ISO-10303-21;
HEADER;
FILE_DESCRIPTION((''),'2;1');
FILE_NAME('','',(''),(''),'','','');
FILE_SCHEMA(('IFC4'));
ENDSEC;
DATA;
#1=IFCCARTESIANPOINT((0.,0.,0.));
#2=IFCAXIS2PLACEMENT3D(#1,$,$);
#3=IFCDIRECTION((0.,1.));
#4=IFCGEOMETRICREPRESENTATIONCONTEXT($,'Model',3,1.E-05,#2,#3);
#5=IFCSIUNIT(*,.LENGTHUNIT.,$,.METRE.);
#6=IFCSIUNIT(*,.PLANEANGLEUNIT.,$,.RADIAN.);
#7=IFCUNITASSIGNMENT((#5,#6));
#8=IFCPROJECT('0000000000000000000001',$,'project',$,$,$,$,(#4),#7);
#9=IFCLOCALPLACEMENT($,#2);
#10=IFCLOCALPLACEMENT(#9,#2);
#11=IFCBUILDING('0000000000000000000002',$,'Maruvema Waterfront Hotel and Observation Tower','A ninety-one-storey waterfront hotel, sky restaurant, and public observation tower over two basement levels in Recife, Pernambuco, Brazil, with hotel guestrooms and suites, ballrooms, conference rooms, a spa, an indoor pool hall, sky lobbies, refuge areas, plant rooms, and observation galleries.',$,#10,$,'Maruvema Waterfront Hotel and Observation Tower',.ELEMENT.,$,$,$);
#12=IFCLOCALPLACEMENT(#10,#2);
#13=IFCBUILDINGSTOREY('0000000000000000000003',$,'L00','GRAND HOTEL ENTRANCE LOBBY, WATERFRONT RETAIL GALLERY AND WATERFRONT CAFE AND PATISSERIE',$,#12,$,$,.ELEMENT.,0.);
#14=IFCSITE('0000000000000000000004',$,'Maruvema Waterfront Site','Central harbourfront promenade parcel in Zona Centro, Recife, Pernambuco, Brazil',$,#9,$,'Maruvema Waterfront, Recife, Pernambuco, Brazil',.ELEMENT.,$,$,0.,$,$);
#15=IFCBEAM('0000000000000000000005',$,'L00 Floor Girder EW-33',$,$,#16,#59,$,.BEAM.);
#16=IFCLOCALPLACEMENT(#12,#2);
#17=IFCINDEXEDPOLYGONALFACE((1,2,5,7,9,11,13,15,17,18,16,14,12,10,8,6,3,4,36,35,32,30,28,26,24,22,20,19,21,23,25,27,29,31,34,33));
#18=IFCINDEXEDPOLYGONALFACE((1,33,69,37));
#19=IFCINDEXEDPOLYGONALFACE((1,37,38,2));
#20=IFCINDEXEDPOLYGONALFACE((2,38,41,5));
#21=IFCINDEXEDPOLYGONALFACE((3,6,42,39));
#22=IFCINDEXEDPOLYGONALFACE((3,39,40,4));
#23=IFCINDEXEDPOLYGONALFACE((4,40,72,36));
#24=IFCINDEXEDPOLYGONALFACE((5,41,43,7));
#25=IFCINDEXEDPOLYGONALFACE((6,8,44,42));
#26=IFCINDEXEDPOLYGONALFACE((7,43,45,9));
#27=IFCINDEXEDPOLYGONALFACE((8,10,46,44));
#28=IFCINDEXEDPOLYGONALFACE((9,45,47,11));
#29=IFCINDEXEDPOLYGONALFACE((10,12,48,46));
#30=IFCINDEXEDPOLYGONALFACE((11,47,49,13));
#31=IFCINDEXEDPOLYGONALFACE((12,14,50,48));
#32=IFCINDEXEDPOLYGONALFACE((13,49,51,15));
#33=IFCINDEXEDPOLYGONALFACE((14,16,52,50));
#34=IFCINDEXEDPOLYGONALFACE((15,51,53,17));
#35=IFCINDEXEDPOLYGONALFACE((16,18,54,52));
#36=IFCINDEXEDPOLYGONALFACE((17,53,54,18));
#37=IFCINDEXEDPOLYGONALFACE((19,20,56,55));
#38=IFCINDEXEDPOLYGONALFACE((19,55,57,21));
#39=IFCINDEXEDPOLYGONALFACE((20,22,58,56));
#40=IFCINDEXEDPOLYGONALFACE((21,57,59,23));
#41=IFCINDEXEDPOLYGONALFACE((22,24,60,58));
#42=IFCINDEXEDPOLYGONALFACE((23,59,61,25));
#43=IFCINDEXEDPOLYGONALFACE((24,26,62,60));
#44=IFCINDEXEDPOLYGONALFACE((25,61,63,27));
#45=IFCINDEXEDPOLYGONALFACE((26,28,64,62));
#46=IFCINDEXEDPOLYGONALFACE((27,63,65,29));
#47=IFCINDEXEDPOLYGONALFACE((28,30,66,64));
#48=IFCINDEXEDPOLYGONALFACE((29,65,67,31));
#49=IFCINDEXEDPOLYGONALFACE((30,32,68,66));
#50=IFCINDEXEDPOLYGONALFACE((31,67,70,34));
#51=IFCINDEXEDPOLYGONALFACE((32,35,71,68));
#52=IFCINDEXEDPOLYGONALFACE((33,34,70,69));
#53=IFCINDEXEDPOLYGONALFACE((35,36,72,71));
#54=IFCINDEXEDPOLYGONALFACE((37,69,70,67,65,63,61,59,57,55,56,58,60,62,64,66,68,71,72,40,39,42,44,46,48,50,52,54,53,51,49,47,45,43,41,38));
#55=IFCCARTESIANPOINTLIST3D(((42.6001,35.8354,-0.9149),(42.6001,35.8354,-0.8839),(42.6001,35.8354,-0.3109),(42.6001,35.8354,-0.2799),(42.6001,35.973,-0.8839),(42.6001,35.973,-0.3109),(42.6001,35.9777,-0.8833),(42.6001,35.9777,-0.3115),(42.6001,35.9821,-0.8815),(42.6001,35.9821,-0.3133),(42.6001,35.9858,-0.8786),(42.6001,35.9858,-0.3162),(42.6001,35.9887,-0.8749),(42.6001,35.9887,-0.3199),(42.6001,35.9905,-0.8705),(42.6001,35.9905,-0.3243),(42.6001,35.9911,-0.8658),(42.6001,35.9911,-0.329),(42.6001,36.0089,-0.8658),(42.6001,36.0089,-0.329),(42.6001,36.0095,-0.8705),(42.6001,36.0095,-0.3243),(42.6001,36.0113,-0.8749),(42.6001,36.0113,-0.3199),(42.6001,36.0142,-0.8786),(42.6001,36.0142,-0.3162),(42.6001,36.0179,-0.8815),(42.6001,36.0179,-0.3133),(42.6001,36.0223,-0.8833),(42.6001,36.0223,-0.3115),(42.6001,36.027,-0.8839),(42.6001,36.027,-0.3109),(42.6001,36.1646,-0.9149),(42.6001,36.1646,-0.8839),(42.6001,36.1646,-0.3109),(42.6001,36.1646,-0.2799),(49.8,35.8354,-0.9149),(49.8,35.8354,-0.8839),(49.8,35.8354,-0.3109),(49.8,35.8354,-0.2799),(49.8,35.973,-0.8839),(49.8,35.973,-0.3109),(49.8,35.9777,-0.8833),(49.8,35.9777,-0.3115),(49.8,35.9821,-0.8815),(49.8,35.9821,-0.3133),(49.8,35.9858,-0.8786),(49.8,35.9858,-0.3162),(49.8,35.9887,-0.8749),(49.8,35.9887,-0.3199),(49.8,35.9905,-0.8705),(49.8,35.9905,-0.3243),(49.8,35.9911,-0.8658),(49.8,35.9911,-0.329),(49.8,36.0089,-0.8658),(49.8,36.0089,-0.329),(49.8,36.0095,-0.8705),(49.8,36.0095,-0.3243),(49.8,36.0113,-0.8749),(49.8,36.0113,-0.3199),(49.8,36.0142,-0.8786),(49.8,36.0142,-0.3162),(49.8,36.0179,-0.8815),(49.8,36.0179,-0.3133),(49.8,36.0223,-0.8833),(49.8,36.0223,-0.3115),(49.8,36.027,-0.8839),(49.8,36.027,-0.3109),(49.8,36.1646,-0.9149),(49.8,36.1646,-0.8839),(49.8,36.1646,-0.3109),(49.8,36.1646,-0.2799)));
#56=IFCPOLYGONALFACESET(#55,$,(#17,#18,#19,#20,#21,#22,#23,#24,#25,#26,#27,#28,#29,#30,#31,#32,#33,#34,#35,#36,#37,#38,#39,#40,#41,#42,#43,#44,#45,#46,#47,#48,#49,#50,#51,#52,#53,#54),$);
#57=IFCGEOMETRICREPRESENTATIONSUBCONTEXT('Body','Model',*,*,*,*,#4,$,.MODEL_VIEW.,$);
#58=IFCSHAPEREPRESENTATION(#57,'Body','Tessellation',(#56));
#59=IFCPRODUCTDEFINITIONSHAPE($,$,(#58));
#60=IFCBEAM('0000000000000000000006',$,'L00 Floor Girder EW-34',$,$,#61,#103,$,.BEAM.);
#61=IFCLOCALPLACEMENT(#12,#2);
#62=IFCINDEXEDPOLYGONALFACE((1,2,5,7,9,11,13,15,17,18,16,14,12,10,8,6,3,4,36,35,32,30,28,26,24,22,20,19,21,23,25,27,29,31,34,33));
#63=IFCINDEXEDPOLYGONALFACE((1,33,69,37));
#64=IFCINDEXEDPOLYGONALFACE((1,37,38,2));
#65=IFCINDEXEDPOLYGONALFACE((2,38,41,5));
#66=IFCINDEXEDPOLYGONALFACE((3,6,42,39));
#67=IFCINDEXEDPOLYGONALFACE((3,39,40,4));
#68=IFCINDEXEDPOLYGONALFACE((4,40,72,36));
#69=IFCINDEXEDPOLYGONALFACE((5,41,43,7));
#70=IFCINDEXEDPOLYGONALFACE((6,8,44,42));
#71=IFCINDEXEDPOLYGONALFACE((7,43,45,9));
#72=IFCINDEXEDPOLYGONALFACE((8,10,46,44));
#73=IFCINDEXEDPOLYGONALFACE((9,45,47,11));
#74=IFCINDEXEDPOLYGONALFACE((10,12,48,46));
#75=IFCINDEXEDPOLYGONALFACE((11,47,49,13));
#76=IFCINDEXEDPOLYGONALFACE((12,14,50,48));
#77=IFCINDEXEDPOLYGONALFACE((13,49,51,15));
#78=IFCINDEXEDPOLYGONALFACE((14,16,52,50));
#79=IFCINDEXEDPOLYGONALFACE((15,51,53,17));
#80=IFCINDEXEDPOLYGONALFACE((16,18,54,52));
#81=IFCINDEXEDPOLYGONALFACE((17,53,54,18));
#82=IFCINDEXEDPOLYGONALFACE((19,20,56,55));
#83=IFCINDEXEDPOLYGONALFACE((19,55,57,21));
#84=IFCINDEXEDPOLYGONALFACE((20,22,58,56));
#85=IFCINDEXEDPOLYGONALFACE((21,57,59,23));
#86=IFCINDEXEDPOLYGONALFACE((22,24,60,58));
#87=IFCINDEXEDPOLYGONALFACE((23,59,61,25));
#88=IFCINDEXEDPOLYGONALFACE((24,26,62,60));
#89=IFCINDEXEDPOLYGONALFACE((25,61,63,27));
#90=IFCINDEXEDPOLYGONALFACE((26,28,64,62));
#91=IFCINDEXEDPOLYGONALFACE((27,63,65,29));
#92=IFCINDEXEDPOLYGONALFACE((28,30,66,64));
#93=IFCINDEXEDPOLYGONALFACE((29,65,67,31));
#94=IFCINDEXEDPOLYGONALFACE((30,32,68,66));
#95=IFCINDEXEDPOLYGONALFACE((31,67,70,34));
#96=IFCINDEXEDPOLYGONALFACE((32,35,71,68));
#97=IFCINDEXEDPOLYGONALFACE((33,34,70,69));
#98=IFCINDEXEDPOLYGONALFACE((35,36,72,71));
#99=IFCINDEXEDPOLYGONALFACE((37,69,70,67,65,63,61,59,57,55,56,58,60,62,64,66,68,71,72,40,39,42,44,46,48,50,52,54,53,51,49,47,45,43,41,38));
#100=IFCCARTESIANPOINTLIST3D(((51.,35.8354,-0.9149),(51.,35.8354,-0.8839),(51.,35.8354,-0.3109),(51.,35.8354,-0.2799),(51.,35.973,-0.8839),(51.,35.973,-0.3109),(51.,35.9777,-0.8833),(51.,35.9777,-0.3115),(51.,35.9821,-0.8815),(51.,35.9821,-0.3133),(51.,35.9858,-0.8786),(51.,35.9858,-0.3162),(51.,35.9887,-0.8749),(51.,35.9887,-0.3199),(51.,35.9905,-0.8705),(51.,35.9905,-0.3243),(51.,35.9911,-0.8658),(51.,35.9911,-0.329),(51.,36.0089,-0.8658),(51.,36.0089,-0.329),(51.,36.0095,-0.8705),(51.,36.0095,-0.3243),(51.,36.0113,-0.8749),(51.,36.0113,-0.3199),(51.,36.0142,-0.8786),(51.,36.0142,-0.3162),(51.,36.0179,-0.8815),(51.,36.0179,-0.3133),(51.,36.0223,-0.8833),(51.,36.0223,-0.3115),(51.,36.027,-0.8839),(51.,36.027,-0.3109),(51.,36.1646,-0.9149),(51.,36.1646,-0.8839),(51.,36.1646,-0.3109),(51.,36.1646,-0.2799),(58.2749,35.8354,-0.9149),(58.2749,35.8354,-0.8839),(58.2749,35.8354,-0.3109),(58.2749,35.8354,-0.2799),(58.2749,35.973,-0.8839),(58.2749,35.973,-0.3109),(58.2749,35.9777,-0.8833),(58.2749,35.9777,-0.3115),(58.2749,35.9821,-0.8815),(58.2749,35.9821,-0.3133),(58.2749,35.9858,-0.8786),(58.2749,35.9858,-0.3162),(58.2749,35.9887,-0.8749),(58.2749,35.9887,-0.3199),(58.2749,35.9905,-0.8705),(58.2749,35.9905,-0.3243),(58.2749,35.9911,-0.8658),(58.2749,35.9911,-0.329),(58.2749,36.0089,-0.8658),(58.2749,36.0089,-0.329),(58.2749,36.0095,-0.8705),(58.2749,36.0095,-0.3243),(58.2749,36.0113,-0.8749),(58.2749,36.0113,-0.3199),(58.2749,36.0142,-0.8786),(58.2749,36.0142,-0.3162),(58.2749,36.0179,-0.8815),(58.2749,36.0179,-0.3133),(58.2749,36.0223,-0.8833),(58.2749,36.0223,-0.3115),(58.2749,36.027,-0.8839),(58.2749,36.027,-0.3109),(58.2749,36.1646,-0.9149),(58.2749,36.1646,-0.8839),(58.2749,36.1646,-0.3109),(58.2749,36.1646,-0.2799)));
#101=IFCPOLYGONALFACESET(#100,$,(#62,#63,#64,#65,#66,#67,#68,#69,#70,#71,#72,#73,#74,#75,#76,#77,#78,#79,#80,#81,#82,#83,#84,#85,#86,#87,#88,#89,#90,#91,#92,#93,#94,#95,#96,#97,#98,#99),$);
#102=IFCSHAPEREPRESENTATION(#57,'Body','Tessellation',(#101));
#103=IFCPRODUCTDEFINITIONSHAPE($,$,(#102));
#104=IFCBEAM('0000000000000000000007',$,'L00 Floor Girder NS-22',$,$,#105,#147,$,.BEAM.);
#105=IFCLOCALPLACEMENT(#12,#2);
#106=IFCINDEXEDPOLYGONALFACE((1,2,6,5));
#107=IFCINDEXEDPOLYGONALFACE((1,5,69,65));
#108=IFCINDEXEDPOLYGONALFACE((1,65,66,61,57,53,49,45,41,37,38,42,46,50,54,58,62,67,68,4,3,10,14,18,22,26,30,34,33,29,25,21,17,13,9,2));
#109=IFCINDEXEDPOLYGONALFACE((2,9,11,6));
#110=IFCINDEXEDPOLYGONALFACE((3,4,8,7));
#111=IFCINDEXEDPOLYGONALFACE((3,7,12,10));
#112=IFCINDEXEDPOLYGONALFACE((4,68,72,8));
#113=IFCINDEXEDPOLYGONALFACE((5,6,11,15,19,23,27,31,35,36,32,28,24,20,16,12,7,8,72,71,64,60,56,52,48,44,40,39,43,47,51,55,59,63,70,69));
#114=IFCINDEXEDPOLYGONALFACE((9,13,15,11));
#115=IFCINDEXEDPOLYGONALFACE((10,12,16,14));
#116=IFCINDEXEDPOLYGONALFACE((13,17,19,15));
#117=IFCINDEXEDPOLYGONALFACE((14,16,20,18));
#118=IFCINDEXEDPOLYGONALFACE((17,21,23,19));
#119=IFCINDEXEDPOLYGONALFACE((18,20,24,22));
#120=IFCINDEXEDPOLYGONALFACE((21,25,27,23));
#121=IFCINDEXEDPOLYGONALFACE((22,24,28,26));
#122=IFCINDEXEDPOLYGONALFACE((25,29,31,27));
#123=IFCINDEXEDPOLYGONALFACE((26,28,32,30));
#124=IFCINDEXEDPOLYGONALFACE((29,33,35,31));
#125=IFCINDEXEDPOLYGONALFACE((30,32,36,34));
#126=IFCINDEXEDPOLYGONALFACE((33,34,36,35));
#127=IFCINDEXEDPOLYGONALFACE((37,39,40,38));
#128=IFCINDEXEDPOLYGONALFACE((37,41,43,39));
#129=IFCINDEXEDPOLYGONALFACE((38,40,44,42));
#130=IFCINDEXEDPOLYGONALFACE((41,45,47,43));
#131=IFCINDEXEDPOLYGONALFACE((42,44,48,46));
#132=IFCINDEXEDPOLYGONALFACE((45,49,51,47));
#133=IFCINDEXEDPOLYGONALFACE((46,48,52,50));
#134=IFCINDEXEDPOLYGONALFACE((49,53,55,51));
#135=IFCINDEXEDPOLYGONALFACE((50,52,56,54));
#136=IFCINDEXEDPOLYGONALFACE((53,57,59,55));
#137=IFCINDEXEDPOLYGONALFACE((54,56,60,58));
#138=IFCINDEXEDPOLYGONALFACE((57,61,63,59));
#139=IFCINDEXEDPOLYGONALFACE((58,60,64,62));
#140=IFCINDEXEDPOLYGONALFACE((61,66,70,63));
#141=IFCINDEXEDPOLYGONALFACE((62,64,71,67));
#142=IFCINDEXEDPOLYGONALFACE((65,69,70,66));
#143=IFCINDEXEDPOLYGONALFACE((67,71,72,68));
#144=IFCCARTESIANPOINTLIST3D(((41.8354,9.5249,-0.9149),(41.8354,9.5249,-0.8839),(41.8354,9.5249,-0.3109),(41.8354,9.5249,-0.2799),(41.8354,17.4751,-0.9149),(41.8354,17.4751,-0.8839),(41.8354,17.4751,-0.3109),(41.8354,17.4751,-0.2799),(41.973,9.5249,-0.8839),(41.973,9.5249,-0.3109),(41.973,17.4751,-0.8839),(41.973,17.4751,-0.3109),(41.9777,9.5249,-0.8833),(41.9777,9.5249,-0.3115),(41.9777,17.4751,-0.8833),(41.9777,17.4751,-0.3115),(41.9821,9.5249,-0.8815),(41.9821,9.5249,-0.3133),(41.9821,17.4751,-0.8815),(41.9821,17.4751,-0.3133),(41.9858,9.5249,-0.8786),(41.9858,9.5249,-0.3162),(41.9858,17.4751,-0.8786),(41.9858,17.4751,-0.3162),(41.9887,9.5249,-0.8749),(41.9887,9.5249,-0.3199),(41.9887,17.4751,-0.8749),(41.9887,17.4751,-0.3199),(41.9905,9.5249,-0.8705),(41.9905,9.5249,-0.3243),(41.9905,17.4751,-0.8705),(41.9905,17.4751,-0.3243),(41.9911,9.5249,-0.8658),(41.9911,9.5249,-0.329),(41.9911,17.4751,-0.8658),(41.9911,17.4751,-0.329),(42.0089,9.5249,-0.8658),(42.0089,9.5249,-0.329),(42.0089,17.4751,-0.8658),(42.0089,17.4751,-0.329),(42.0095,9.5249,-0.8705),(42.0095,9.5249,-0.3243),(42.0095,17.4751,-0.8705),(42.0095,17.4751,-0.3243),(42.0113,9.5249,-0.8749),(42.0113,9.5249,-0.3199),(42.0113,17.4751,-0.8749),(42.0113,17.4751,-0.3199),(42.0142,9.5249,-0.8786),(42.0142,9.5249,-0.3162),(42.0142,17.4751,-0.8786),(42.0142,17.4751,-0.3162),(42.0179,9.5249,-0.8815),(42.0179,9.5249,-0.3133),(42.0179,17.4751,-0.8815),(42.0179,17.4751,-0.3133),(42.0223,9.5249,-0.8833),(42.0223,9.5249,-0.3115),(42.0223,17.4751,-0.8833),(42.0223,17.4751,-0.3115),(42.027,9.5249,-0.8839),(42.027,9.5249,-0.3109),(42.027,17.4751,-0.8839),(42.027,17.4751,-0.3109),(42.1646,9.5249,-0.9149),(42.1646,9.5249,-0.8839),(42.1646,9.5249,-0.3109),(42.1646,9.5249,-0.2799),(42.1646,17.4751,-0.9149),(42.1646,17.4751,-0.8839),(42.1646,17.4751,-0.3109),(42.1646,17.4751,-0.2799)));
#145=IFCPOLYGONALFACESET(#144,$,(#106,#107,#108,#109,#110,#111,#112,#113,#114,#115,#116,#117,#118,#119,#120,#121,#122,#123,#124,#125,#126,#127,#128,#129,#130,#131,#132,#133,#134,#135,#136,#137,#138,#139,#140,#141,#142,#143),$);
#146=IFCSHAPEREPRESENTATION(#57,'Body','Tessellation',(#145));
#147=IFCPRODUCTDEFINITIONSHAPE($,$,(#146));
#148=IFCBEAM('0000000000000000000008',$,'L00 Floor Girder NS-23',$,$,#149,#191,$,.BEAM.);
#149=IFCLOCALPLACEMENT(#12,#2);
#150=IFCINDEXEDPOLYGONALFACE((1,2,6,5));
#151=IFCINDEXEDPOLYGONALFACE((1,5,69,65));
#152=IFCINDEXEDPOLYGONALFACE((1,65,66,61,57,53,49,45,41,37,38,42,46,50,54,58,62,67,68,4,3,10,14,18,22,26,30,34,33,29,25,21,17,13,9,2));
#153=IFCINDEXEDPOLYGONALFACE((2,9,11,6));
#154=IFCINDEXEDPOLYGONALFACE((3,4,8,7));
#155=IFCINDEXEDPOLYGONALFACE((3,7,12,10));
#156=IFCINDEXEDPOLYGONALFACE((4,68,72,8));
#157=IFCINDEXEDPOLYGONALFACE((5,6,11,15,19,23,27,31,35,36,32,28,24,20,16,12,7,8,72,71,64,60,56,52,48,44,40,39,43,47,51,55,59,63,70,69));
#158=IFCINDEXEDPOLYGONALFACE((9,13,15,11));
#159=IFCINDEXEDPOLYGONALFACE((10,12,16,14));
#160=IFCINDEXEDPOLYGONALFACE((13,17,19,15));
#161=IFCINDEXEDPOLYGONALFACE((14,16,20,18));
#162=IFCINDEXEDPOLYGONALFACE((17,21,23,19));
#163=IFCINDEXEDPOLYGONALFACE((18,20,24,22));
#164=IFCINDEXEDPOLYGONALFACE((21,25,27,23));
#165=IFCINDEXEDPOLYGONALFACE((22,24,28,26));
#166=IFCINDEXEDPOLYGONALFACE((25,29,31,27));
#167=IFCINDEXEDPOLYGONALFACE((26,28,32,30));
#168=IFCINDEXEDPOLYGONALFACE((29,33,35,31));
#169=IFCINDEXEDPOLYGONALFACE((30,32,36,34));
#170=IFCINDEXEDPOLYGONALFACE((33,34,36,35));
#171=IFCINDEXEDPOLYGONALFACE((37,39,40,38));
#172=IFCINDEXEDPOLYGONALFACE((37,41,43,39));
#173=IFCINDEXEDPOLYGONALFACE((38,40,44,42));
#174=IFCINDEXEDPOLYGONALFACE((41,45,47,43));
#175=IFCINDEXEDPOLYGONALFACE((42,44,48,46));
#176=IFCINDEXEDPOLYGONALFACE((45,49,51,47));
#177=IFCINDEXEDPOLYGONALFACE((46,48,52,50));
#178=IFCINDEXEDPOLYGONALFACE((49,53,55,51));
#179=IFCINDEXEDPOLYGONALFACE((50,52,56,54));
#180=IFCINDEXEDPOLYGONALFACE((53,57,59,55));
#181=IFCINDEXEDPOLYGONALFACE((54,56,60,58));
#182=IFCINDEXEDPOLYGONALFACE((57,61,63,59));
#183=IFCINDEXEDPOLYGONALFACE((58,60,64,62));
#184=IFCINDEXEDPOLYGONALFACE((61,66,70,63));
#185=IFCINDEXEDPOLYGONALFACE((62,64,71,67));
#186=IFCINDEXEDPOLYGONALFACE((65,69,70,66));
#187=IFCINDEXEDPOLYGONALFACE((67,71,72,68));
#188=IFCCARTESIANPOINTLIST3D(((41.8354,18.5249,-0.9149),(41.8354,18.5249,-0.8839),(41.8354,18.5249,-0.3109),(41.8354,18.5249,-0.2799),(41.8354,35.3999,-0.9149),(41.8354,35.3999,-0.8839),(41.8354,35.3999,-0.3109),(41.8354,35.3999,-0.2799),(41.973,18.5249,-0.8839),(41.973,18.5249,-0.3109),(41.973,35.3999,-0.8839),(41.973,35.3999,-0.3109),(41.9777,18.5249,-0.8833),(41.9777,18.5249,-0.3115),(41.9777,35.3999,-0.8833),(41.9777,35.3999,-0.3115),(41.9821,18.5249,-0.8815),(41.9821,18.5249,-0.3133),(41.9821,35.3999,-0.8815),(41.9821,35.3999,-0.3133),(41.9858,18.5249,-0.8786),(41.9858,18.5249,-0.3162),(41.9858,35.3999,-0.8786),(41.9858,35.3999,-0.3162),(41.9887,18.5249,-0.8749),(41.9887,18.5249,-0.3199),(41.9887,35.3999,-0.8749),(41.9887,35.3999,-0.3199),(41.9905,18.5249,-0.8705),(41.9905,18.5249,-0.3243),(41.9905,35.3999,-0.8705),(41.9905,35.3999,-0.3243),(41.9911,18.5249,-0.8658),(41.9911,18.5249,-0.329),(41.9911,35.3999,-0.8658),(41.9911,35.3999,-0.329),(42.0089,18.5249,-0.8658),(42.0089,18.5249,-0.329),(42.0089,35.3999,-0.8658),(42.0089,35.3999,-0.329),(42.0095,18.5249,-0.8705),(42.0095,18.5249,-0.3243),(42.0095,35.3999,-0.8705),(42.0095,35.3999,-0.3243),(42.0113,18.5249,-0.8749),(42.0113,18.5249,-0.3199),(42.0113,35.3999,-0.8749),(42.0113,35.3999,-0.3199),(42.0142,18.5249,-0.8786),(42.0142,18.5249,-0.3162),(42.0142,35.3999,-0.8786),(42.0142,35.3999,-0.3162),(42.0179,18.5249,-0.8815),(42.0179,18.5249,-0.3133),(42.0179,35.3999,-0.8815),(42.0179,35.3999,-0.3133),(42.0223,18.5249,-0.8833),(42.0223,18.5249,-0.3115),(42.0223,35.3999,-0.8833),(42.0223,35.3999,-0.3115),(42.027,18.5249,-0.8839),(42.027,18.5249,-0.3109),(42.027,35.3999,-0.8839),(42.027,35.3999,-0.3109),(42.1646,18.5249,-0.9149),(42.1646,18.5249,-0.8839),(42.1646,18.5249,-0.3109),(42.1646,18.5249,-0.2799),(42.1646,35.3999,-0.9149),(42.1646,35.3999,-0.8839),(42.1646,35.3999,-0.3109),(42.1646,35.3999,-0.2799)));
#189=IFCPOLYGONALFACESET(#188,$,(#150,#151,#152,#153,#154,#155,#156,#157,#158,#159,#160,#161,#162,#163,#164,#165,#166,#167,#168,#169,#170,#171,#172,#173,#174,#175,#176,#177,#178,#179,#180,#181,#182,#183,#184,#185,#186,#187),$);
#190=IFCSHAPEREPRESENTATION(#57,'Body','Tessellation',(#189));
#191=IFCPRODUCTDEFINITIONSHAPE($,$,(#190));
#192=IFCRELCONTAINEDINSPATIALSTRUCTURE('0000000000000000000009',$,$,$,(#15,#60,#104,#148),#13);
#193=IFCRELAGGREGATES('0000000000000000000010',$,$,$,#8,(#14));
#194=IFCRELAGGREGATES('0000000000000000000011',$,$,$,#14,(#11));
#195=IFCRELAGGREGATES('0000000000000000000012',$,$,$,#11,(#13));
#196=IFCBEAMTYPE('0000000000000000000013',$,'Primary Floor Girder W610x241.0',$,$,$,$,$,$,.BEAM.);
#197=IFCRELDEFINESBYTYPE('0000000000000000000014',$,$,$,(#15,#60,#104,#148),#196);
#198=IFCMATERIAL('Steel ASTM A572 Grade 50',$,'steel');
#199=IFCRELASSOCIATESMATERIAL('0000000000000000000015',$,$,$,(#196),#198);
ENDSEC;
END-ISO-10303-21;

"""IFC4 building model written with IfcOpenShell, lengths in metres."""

from ifc_helpers import new_model, si_unit, direction, frame, origin, origin_2d, place, context, subcontext, project, spatial, i_section, extrude, material, material_profile, profile_set, type_object, element, save


model = new_model("IFC4")

# Units and contexts
model_context = context("Model", 3, precision=1e-05, world=origin(), true_north=direction((0.0, 1.0)))
body_context = subcontext(model_context, "Body", "Model", "MODEL_VIEW")
ifc_project = project(units=[si_unit("LENGTHUNIT", "METRE"), si_unit("PLANEANGLEUNIT", "RADIAN")], contexts=[model_context])

# Site, building, storey
site_placement = place(None, origin())
site = spatial("IfcSite", under=ifc_project, at=site_placement, Name="Maruvema Waterfront Site", Description="Central harbourfront promenade parcel in Zona Centro, Recife, Pernambuco, Brazil", LongName="Maruvema Waterfront, Recife, Pernambuco, Brazil", CompositionType="ELEMENT", RefElevation=0.0)
building_placement = place(site_placement, origin())
building = spatial("IfcBuilding", under=site, at=building_placement, Name="Maruvema Waterfront Hotel and Observation Tower", Description="A ninety-one-storey waterfront hotel, sky restaurant, and public observation tower over two basement levels in Recife, Pernambuco, Brazil, with hotel guestrooms and suites, ballrooms, conference rooms, a spa, an indoor pool hall, sky lobbies, refuge areas, plant rooms, and observation galleries.", LongName="Maruvema Waterfront Hotel and Observation Tower", CompositionType="ELEMENT")
storey_placement = place(building_placement, origin())
storey = spatial("IfcBuildingStorey", under=building, at=storey_placement, Name="L00", Description="GRAND HOTEL ENTRANCE LOBBY, WATERFRONT RETAIL GALLERY AND WATERFRONT CAFE AND PATISSERIE", CompositionType="ELEMENT", Elevation=0.0)

# Beams
ifc_material_1 = material(Name="Steel ASTM A572 Grade 50", Category="steel")
ifc_material_profile_1 = material_profile(ifc_material_1, i_section(OverallWidth=0.3291, OverallDepth=0.635, WebThickness=0.0178, FlangeThickness=0.031, FilletRadius=0.0181, at=origin_2d()), Name="W610x241.0")
ifc_profile_set_1 = profile_set([ifc_material_profile_1], Name="Steel ASTM A572 Grade 50")
beam_type_1 = type_object("IfcBeamType", Name="Primary Floor Girder W610x241.0", PredefinedType="BEAM", material=ifc_profile_set_1)
beam_1_placement = place(storey_placement, frame((42.6001, 36.0, -0.5974), z_axis=(1.0, 0.0, 0.0), x_axis=(0.0, 1.0, 0.0)))
element("IfcBeam", 1, at=beam_1_placement, inside=storey, type_object=beam_type_1, Name="L00 Floor Girder EW-33", PredefinedType="BEAM", context=body_context, shape_type="SweptSolid", body=[
    extrude(i_section(OverallWidth=0.3291, OverallDepth=0.635, WebThickness=0.0178, FlangeThickness=0.031, FilletRadius=0.0181, at=origin_2d()), origin(), (0.0, 0.0, 1.0), 7.2),
])
beam_2_placement = place(storey_placement, frame((51.0, 36.0, -0.5974), z_axis=(1.0, 0.0, 0.0), x_axis=(0.0, 1.0, 0.0)))
element("IfcBeam", 2, at=beam_2_placement, inside=storey, type_object=beam_type_1, Name="L00 Floor Girder EW-34", PredefinedType="BEAM", context=body_context, shape_type="SweptSolid", body=[
    extrude(i_section(OverallWidth=0.3291, OverallDepth=0.635, WebThickness=0.0178, FlangeThickness=0.031, FilletRadius=0.0181, at=origin_2d()), origin(), (0.0, 0.0, 1.0), 7.2749),
])
beam_3_placement = place(storey_placement, frame((42.0, 9.5249, -0.5974), z_axis=(0.0, 1.0, 0.0), x_axis=(-1.0, 0.0, 0.0)))
element("IfcBeam", 3, at=beam_3_placement, inside=storey, type_object=beam_type_1, Name="L00 Floor Girder NS-22", PredefinedType="BEAM", context=body_context, shape_type="SweptSolid", body=[
    extrude(i_section(OverallWidth=0.3291, OverallDepth=0.635, WebThickness=0.0178, FlangeThickness=0.031, FilletRadius=0.0181, at=origin_2d()), origin(), (0.0, 0.0, 1.0), 7.9502),
])
beam_4_placement = place(storey_placement, frame((42.0, 18.5249, -0.5974), z_axis=(0.0, 1.0, 0.0), x_axis=(-1.0, 0.0, 0.0)))
element("IfcBeam", 4, at=beam_4_placement, inside=storey, type_object=beam_type_1, Name="L00 Floor Girder NS-23", PredefinedType="BEAM", context=body_context, shape_type="SweptSolid", body=[
    extrude(i_section(OverallWidth=0.3291, OverallDepth=0.635, WebThickness=0.0178, FlangeThickness=0.031, FilletRadius=0.0181, at=origin_2d()), origin(), (0.0, 0.0, 1.0), 16.875),
])

save(model, "model.ifc")
